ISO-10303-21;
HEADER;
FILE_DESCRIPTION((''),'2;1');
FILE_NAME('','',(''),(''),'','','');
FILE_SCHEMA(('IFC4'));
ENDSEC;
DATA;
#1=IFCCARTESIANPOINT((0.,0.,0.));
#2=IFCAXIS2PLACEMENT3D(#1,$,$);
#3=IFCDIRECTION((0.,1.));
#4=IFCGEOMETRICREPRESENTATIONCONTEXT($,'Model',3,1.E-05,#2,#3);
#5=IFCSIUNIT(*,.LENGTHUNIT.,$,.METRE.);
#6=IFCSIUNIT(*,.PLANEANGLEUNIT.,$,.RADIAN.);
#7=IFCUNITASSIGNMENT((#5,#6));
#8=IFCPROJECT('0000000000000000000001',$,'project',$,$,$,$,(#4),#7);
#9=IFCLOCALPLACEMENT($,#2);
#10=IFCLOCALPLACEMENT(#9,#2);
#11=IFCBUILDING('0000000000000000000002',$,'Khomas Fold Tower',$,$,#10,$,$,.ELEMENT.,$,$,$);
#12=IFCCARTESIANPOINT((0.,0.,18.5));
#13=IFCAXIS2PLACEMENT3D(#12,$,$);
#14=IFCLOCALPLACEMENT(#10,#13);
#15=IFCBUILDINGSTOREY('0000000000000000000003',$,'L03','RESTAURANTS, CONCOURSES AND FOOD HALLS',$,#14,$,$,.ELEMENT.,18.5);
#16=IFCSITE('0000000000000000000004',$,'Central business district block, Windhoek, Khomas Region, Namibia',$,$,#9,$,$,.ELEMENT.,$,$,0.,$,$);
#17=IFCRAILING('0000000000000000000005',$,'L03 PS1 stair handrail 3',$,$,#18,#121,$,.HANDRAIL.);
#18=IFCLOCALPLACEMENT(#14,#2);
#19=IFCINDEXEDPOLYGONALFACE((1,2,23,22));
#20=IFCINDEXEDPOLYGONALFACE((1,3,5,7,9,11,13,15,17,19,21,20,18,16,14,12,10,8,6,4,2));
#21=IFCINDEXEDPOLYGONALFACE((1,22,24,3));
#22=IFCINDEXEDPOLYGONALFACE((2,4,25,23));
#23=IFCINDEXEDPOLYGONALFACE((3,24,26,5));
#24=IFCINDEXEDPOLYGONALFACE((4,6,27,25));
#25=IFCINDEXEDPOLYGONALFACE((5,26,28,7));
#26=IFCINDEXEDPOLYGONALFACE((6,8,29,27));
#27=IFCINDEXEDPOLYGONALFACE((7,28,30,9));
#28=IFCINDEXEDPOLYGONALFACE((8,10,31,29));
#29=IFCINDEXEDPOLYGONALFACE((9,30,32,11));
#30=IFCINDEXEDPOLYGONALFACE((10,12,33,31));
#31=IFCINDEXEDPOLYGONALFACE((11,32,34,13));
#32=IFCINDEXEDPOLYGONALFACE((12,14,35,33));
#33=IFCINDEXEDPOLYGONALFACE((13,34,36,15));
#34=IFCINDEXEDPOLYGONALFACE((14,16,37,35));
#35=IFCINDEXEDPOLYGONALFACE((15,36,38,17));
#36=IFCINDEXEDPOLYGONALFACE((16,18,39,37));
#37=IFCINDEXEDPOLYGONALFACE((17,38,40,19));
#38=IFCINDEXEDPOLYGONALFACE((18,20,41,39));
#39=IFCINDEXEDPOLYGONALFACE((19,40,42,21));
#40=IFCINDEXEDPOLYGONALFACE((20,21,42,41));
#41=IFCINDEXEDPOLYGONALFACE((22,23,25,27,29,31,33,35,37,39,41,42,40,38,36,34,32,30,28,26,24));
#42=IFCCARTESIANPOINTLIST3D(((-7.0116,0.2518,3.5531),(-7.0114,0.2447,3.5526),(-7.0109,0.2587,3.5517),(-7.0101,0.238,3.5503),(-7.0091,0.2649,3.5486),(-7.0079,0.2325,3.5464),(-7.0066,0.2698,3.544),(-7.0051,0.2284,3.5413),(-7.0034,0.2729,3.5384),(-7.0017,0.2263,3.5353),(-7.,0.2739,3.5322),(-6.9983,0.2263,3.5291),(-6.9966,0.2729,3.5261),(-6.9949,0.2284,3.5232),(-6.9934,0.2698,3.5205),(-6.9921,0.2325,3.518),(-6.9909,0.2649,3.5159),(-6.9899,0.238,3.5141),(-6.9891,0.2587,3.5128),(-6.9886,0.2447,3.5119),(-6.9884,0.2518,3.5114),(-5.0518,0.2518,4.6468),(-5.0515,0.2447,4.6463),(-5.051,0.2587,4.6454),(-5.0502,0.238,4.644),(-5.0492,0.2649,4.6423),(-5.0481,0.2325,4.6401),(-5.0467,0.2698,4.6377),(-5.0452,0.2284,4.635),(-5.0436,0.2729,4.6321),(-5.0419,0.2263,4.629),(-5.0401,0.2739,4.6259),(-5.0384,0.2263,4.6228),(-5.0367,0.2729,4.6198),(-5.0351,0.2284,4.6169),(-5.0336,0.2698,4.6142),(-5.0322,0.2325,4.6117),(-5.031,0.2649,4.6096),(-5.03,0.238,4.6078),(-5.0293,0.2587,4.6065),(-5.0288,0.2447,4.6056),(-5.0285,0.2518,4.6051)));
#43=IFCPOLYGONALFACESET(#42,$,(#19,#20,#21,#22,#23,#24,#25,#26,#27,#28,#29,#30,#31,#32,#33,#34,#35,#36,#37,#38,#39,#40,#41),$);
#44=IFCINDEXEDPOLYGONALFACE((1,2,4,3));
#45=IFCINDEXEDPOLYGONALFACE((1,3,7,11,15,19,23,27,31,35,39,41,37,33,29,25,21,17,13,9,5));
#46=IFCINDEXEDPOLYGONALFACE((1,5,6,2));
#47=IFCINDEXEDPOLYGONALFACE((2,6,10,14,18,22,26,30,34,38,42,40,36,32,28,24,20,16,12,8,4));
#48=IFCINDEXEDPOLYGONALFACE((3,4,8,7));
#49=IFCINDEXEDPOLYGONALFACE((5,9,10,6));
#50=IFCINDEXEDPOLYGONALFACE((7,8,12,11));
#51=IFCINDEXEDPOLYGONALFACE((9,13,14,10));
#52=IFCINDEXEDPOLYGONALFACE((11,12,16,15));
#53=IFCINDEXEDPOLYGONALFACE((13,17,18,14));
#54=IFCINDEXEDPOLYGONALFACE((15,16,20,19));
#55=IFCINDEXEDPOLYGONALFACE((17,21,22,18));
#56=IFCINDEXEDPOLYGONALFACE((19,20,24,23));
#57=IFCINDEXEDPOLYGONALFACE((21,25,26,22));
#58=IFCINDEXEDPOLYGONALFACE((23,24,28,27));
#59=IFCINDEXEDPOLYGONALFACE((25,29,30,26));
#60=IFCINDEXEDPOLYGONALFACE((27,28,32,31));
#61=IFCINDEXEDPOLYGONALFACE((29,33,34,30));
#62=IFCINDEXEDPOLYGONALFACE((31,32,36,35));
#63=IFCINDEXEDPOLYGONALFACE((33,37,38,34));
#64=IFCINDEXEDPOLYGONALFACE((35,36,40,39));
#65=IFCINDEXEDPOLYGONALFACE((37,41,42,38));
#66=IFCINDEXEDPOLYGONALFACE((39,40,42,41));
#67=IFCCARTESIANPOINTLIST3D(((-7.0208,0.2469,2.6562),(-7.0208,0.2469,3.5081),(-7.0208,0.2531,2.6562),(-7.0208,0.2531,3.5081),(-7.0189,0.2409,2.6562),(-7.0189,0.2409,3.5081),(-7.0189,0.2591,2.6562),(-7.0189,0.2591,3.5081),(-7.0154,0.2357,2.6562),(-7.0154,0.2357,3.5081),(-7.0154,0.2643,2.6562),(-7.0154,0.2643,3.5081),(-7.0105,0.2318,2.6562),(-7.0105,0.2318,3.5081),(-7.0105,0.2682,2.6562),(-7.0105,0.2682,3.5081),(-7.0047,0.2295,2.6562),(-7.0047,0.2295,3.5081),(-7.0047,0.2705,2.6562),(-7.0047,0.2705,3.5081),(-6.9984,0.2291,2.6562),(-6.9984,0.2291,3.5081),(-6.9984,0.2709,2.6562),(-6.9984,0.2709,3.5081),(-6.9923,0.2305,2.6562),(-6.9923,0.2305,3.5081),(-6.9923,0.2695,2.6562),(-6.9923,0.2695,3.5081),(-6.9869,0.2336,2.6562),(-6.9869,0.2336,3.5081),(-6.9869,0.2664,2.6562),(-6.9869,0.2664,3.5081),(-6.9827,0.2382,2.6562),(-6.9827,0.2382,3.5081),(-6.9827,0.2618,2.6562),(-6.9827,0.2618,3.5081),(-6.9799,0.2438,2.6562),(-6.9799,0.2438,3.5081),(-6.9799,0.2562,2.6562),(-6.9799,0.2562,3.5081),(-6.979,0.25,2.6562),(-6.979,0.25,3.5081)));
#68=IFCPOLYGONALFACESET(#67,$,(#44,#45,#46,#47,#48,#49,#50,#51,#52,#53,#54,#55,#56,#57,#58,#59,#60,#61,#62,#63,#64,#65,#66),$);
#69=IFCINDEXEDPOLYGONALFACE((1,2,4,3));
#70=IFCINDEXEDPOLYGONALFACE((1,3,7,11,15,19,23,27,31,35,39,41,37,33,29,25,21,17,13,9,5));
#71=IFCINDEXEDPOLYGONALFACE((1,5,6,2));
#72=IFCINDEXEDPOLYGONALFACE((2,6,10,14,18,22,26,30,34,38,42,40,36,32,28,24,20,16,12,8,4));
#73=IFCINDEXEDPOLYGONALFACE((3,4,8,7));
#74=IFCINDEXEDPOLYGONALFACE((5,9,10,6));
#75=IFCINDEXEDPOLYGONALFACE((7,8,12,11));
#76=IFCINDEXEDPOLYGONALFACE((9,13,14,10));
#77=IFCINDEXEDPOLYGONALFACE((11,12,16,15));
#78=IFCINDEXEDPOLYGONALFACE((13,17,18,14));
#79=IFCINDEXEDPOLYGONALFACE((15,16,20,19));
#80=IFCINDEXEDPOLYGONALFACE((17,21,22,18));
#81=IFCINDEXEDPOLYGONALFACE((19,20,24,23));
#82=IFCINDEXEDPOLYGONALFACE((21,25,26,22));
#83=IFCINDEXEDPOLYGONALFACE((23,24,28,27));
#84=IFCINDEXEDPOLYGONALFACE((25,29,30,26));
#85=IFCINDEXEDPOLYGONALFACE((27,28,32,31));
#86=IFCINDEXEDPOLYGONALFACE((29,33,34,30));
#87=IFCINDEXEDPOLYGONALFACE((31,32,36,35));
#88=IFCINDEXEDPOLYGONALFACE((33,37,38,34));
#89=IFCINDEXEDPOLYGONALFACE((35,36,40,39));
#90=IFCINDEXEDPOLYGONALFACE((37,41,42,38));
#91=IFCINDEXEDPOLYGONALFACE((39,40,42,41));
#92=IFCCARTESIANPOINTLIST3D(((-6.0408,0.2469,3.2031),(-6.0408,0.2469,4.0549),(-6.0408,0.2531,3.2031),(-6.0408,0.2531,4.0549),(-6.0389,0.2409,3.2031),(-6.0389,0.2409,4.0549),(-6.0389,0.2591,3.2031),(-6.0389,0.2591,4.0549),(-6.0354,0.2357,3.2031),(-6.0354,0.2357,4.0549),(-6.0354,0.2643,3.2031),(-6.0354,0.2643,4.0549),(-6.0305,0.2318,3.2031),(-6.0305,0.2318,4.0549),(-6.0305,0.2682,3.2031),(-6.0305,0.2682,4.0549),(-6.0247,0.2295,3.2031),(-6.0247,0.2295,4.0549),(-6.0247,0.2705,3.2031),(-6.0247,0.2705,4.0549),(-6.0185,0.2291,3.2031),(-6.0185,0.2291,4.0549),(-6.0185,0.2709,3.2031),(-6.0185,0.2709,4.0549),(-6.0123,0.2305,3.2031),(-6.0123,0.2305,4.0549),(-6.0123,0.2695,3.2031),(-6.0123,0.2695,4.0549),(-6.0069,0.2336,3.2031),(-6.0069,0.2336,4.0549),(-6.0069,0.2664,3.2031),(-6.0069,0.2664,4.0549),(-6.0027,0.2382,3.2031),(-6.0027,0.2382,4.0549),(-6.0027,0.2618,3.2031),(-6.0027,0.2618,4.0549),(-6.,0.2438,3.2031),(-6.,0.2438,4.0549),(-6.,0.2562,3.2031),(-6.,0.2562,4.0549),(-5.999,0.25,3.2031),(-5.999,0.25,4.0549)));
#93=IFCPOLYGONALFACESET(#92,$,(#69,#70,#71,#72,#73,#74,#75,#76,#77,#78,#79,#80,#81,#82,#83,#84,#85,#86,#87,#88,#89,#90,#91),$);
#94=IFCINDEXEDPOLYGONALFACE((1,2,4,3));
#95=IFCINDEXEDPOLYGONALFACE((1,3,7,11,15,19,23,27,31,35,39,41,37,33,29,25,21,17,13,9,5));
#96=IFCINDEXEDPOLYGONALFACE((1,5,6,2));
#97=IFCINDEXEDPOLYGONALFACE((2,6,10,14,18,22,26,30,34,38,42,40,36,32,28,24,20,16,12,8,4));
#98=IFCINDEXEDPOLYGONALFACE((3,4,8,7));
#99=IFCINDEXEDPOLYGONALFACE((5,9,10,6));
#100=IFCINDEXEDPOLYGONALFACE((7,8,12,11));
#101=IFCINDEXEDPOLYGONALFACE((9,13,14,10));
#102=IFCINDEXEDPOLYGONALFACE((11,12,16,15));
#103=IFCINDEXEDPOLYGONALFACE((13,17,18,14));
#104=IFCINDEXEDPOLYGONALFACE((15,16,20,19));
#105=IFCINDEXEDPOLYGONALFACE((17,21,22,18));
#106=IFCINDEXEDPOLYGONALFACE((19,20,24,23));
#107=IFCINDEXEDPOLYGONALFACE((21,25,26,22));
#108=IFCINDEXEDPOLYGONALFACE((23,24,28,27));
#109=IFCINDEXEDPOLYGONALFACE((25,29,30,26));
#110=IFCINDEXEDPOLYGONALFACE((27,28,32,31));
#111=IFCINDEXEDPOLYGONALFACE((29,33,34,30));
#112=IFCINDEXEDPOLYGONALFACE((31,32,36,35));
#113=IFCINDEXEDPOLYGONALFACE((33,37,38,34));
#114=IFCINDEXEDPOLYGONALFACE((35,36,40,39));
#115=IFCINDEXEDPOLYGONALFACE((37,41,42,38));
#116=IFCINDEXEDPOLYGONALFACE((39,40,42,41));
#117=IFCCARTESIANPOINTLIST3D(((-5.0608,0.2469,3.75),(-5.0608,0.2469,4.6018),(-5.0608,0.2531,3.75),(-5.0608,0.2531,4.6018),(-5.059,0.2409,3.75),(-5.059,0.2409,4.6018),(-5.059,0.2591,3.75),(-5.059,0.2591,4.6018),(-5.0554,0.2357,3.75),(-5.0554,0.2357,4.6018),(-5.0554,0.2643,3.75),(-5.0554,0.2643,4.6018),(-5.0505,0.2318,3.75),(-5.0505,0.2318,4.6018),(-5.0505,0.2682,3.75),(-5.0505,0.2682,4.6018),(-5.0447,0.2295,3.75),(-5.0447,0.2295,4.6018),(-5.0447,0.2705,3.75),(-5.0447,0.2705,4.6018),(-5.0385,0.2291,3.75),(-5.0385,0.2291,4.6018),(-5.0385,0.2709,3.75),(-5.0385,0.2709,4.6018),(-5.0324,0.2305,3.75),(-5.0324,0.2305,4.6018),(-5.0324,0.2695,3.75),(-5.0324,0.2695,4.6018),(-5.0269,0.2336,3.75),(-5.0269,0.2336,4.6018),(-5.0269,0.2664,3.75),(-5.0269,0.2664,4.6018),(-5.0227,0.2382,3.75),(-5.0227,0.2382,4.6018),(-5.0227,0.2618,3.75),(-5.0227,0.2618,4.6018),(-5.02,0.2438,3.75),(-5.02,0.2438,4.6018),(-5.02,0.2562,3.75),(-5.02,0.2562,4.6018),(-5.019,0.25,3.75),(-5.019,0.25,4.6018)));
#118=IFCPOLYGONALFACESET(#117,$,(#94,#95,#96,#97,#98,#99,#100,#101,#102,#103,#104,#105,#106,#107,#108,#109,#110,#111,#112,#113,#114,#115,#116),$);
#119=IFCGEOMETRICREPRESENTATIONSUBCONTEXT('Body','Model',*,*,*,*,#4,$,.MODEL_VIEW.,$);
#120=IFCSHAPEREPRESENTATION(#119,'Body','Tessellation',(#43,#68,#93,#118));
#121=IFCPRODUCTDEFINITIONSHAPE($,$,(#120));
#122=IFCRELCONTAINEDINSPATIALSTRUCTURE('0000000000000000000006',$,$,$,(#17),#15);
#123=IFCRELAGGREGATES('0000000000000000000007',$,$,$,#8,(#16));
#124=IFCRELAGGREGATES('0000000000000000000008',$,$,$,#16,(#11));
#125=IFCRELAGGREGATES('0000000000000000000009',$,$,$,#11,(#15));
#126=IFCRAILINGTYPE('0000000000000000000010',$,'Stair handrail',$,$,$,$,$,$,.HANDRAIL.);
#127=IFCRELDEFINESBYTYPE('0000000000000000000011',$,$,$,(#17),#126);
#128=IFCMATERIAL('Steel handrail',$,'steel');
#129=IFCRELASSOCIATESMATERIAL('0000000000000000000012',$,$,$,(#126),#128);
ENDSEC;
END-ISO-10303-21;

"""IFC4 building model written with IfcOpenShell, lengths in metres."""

from ifc_helpers import new_model, si_unit, direction, frame, origin, origin_2d, place, context, subcontext, project, spatial, circle, extrude, source, transform, mapped, material, type_object, element, save


model = new_model("IFC4")

# Units and contexts
model_context = context("Model", 3, precision=1e-05, world=origin(), true_north=direction((0.0, 1.0)))
body_context = subcontext(model_context, "Body", "Model", "MODEL_VIEW")
ifc_project = project(units=[si_unit("LENGTHUNIT", "METRE"), si_unit("PLANEANGLEUNIT", "RADIAN")], contexts=[model_context])

# Site, building, storey
site_placement = place(None, origin())
site = spatial("IfcSite", under=ifc_project, at=site_placement, Name="Central business district block, Windhoek, Khomas Region, Namibia", CompositionType="ELEMENT", RefElevation=0.0)
building_placement = place(site_placement, origin())
building = spatial("IfcBuilding", under=site, at=building_placement, Name="Khomas Fold Tower", CompositionType="ELEMENT")
storey_placement = place(building_placement, frame((0.0, 0.0, 18.5)))
storey = spatial("IfcBuildingStorey", under=building, at=storey_placement, Name="L03", Description="RESTAURANTS, CONCOURSES AND FOOD HALLS", CompositionType="ELEMENT", Elevation=18.5)

# Railing
ifc_material_1 = material(Name="Steel handrail", Category="steel")
railing_type_1 = type_object("IfcRailingType", Name="Stair handrail", PredefinedType="HANDRAIL", material=ifc_material_1)
shared_shape_1 = source(origin(), body_context, "Body", "SweptSolid", [
    extrude(circle(Radius=0.0239, at=origin_2d()), frame((0.0, 0.0, 0.876), z_axis=(0.873232, 0.0, 0.487304), x_axis=(0.0, 1.0, 0.0)), (0.0, 0.0, 1.0), 2.2444),
    extrude(circle(Radius=0.021, at=origin_2d()), origin(), (0.0, 0.0, 1.0), 0.8518),
    extrude(circle(Radius=0.021, at=origin_2d()), frame((0.98, 0.0, 0.5469)), (0.0, 0.0, 1.0), 0.8518),
    extrude(circle(Radius=0.021, at=origin_2d()), frame((1.96, 0.0, 1.0938)), (0.0, 0.0, 1.0), 0.8518),
])
for number, where, name in (
    (1, (-7.0, 0.25, 2.6562), "L03 PS1 stair handrail 3"),
):
    element("IfcRailing", number, at=place(storey_placement, frame(where)), inside=storey, type_object=railing_type_1, Name=name, PredefinedType="HANDRAIL", context=body_context, shape_type="MappedRepresentation", body=[
        mapped(shared_shape_1, transform((0.0, 0.0, 0.0))),
    ])

save(model, "model.ifc")
